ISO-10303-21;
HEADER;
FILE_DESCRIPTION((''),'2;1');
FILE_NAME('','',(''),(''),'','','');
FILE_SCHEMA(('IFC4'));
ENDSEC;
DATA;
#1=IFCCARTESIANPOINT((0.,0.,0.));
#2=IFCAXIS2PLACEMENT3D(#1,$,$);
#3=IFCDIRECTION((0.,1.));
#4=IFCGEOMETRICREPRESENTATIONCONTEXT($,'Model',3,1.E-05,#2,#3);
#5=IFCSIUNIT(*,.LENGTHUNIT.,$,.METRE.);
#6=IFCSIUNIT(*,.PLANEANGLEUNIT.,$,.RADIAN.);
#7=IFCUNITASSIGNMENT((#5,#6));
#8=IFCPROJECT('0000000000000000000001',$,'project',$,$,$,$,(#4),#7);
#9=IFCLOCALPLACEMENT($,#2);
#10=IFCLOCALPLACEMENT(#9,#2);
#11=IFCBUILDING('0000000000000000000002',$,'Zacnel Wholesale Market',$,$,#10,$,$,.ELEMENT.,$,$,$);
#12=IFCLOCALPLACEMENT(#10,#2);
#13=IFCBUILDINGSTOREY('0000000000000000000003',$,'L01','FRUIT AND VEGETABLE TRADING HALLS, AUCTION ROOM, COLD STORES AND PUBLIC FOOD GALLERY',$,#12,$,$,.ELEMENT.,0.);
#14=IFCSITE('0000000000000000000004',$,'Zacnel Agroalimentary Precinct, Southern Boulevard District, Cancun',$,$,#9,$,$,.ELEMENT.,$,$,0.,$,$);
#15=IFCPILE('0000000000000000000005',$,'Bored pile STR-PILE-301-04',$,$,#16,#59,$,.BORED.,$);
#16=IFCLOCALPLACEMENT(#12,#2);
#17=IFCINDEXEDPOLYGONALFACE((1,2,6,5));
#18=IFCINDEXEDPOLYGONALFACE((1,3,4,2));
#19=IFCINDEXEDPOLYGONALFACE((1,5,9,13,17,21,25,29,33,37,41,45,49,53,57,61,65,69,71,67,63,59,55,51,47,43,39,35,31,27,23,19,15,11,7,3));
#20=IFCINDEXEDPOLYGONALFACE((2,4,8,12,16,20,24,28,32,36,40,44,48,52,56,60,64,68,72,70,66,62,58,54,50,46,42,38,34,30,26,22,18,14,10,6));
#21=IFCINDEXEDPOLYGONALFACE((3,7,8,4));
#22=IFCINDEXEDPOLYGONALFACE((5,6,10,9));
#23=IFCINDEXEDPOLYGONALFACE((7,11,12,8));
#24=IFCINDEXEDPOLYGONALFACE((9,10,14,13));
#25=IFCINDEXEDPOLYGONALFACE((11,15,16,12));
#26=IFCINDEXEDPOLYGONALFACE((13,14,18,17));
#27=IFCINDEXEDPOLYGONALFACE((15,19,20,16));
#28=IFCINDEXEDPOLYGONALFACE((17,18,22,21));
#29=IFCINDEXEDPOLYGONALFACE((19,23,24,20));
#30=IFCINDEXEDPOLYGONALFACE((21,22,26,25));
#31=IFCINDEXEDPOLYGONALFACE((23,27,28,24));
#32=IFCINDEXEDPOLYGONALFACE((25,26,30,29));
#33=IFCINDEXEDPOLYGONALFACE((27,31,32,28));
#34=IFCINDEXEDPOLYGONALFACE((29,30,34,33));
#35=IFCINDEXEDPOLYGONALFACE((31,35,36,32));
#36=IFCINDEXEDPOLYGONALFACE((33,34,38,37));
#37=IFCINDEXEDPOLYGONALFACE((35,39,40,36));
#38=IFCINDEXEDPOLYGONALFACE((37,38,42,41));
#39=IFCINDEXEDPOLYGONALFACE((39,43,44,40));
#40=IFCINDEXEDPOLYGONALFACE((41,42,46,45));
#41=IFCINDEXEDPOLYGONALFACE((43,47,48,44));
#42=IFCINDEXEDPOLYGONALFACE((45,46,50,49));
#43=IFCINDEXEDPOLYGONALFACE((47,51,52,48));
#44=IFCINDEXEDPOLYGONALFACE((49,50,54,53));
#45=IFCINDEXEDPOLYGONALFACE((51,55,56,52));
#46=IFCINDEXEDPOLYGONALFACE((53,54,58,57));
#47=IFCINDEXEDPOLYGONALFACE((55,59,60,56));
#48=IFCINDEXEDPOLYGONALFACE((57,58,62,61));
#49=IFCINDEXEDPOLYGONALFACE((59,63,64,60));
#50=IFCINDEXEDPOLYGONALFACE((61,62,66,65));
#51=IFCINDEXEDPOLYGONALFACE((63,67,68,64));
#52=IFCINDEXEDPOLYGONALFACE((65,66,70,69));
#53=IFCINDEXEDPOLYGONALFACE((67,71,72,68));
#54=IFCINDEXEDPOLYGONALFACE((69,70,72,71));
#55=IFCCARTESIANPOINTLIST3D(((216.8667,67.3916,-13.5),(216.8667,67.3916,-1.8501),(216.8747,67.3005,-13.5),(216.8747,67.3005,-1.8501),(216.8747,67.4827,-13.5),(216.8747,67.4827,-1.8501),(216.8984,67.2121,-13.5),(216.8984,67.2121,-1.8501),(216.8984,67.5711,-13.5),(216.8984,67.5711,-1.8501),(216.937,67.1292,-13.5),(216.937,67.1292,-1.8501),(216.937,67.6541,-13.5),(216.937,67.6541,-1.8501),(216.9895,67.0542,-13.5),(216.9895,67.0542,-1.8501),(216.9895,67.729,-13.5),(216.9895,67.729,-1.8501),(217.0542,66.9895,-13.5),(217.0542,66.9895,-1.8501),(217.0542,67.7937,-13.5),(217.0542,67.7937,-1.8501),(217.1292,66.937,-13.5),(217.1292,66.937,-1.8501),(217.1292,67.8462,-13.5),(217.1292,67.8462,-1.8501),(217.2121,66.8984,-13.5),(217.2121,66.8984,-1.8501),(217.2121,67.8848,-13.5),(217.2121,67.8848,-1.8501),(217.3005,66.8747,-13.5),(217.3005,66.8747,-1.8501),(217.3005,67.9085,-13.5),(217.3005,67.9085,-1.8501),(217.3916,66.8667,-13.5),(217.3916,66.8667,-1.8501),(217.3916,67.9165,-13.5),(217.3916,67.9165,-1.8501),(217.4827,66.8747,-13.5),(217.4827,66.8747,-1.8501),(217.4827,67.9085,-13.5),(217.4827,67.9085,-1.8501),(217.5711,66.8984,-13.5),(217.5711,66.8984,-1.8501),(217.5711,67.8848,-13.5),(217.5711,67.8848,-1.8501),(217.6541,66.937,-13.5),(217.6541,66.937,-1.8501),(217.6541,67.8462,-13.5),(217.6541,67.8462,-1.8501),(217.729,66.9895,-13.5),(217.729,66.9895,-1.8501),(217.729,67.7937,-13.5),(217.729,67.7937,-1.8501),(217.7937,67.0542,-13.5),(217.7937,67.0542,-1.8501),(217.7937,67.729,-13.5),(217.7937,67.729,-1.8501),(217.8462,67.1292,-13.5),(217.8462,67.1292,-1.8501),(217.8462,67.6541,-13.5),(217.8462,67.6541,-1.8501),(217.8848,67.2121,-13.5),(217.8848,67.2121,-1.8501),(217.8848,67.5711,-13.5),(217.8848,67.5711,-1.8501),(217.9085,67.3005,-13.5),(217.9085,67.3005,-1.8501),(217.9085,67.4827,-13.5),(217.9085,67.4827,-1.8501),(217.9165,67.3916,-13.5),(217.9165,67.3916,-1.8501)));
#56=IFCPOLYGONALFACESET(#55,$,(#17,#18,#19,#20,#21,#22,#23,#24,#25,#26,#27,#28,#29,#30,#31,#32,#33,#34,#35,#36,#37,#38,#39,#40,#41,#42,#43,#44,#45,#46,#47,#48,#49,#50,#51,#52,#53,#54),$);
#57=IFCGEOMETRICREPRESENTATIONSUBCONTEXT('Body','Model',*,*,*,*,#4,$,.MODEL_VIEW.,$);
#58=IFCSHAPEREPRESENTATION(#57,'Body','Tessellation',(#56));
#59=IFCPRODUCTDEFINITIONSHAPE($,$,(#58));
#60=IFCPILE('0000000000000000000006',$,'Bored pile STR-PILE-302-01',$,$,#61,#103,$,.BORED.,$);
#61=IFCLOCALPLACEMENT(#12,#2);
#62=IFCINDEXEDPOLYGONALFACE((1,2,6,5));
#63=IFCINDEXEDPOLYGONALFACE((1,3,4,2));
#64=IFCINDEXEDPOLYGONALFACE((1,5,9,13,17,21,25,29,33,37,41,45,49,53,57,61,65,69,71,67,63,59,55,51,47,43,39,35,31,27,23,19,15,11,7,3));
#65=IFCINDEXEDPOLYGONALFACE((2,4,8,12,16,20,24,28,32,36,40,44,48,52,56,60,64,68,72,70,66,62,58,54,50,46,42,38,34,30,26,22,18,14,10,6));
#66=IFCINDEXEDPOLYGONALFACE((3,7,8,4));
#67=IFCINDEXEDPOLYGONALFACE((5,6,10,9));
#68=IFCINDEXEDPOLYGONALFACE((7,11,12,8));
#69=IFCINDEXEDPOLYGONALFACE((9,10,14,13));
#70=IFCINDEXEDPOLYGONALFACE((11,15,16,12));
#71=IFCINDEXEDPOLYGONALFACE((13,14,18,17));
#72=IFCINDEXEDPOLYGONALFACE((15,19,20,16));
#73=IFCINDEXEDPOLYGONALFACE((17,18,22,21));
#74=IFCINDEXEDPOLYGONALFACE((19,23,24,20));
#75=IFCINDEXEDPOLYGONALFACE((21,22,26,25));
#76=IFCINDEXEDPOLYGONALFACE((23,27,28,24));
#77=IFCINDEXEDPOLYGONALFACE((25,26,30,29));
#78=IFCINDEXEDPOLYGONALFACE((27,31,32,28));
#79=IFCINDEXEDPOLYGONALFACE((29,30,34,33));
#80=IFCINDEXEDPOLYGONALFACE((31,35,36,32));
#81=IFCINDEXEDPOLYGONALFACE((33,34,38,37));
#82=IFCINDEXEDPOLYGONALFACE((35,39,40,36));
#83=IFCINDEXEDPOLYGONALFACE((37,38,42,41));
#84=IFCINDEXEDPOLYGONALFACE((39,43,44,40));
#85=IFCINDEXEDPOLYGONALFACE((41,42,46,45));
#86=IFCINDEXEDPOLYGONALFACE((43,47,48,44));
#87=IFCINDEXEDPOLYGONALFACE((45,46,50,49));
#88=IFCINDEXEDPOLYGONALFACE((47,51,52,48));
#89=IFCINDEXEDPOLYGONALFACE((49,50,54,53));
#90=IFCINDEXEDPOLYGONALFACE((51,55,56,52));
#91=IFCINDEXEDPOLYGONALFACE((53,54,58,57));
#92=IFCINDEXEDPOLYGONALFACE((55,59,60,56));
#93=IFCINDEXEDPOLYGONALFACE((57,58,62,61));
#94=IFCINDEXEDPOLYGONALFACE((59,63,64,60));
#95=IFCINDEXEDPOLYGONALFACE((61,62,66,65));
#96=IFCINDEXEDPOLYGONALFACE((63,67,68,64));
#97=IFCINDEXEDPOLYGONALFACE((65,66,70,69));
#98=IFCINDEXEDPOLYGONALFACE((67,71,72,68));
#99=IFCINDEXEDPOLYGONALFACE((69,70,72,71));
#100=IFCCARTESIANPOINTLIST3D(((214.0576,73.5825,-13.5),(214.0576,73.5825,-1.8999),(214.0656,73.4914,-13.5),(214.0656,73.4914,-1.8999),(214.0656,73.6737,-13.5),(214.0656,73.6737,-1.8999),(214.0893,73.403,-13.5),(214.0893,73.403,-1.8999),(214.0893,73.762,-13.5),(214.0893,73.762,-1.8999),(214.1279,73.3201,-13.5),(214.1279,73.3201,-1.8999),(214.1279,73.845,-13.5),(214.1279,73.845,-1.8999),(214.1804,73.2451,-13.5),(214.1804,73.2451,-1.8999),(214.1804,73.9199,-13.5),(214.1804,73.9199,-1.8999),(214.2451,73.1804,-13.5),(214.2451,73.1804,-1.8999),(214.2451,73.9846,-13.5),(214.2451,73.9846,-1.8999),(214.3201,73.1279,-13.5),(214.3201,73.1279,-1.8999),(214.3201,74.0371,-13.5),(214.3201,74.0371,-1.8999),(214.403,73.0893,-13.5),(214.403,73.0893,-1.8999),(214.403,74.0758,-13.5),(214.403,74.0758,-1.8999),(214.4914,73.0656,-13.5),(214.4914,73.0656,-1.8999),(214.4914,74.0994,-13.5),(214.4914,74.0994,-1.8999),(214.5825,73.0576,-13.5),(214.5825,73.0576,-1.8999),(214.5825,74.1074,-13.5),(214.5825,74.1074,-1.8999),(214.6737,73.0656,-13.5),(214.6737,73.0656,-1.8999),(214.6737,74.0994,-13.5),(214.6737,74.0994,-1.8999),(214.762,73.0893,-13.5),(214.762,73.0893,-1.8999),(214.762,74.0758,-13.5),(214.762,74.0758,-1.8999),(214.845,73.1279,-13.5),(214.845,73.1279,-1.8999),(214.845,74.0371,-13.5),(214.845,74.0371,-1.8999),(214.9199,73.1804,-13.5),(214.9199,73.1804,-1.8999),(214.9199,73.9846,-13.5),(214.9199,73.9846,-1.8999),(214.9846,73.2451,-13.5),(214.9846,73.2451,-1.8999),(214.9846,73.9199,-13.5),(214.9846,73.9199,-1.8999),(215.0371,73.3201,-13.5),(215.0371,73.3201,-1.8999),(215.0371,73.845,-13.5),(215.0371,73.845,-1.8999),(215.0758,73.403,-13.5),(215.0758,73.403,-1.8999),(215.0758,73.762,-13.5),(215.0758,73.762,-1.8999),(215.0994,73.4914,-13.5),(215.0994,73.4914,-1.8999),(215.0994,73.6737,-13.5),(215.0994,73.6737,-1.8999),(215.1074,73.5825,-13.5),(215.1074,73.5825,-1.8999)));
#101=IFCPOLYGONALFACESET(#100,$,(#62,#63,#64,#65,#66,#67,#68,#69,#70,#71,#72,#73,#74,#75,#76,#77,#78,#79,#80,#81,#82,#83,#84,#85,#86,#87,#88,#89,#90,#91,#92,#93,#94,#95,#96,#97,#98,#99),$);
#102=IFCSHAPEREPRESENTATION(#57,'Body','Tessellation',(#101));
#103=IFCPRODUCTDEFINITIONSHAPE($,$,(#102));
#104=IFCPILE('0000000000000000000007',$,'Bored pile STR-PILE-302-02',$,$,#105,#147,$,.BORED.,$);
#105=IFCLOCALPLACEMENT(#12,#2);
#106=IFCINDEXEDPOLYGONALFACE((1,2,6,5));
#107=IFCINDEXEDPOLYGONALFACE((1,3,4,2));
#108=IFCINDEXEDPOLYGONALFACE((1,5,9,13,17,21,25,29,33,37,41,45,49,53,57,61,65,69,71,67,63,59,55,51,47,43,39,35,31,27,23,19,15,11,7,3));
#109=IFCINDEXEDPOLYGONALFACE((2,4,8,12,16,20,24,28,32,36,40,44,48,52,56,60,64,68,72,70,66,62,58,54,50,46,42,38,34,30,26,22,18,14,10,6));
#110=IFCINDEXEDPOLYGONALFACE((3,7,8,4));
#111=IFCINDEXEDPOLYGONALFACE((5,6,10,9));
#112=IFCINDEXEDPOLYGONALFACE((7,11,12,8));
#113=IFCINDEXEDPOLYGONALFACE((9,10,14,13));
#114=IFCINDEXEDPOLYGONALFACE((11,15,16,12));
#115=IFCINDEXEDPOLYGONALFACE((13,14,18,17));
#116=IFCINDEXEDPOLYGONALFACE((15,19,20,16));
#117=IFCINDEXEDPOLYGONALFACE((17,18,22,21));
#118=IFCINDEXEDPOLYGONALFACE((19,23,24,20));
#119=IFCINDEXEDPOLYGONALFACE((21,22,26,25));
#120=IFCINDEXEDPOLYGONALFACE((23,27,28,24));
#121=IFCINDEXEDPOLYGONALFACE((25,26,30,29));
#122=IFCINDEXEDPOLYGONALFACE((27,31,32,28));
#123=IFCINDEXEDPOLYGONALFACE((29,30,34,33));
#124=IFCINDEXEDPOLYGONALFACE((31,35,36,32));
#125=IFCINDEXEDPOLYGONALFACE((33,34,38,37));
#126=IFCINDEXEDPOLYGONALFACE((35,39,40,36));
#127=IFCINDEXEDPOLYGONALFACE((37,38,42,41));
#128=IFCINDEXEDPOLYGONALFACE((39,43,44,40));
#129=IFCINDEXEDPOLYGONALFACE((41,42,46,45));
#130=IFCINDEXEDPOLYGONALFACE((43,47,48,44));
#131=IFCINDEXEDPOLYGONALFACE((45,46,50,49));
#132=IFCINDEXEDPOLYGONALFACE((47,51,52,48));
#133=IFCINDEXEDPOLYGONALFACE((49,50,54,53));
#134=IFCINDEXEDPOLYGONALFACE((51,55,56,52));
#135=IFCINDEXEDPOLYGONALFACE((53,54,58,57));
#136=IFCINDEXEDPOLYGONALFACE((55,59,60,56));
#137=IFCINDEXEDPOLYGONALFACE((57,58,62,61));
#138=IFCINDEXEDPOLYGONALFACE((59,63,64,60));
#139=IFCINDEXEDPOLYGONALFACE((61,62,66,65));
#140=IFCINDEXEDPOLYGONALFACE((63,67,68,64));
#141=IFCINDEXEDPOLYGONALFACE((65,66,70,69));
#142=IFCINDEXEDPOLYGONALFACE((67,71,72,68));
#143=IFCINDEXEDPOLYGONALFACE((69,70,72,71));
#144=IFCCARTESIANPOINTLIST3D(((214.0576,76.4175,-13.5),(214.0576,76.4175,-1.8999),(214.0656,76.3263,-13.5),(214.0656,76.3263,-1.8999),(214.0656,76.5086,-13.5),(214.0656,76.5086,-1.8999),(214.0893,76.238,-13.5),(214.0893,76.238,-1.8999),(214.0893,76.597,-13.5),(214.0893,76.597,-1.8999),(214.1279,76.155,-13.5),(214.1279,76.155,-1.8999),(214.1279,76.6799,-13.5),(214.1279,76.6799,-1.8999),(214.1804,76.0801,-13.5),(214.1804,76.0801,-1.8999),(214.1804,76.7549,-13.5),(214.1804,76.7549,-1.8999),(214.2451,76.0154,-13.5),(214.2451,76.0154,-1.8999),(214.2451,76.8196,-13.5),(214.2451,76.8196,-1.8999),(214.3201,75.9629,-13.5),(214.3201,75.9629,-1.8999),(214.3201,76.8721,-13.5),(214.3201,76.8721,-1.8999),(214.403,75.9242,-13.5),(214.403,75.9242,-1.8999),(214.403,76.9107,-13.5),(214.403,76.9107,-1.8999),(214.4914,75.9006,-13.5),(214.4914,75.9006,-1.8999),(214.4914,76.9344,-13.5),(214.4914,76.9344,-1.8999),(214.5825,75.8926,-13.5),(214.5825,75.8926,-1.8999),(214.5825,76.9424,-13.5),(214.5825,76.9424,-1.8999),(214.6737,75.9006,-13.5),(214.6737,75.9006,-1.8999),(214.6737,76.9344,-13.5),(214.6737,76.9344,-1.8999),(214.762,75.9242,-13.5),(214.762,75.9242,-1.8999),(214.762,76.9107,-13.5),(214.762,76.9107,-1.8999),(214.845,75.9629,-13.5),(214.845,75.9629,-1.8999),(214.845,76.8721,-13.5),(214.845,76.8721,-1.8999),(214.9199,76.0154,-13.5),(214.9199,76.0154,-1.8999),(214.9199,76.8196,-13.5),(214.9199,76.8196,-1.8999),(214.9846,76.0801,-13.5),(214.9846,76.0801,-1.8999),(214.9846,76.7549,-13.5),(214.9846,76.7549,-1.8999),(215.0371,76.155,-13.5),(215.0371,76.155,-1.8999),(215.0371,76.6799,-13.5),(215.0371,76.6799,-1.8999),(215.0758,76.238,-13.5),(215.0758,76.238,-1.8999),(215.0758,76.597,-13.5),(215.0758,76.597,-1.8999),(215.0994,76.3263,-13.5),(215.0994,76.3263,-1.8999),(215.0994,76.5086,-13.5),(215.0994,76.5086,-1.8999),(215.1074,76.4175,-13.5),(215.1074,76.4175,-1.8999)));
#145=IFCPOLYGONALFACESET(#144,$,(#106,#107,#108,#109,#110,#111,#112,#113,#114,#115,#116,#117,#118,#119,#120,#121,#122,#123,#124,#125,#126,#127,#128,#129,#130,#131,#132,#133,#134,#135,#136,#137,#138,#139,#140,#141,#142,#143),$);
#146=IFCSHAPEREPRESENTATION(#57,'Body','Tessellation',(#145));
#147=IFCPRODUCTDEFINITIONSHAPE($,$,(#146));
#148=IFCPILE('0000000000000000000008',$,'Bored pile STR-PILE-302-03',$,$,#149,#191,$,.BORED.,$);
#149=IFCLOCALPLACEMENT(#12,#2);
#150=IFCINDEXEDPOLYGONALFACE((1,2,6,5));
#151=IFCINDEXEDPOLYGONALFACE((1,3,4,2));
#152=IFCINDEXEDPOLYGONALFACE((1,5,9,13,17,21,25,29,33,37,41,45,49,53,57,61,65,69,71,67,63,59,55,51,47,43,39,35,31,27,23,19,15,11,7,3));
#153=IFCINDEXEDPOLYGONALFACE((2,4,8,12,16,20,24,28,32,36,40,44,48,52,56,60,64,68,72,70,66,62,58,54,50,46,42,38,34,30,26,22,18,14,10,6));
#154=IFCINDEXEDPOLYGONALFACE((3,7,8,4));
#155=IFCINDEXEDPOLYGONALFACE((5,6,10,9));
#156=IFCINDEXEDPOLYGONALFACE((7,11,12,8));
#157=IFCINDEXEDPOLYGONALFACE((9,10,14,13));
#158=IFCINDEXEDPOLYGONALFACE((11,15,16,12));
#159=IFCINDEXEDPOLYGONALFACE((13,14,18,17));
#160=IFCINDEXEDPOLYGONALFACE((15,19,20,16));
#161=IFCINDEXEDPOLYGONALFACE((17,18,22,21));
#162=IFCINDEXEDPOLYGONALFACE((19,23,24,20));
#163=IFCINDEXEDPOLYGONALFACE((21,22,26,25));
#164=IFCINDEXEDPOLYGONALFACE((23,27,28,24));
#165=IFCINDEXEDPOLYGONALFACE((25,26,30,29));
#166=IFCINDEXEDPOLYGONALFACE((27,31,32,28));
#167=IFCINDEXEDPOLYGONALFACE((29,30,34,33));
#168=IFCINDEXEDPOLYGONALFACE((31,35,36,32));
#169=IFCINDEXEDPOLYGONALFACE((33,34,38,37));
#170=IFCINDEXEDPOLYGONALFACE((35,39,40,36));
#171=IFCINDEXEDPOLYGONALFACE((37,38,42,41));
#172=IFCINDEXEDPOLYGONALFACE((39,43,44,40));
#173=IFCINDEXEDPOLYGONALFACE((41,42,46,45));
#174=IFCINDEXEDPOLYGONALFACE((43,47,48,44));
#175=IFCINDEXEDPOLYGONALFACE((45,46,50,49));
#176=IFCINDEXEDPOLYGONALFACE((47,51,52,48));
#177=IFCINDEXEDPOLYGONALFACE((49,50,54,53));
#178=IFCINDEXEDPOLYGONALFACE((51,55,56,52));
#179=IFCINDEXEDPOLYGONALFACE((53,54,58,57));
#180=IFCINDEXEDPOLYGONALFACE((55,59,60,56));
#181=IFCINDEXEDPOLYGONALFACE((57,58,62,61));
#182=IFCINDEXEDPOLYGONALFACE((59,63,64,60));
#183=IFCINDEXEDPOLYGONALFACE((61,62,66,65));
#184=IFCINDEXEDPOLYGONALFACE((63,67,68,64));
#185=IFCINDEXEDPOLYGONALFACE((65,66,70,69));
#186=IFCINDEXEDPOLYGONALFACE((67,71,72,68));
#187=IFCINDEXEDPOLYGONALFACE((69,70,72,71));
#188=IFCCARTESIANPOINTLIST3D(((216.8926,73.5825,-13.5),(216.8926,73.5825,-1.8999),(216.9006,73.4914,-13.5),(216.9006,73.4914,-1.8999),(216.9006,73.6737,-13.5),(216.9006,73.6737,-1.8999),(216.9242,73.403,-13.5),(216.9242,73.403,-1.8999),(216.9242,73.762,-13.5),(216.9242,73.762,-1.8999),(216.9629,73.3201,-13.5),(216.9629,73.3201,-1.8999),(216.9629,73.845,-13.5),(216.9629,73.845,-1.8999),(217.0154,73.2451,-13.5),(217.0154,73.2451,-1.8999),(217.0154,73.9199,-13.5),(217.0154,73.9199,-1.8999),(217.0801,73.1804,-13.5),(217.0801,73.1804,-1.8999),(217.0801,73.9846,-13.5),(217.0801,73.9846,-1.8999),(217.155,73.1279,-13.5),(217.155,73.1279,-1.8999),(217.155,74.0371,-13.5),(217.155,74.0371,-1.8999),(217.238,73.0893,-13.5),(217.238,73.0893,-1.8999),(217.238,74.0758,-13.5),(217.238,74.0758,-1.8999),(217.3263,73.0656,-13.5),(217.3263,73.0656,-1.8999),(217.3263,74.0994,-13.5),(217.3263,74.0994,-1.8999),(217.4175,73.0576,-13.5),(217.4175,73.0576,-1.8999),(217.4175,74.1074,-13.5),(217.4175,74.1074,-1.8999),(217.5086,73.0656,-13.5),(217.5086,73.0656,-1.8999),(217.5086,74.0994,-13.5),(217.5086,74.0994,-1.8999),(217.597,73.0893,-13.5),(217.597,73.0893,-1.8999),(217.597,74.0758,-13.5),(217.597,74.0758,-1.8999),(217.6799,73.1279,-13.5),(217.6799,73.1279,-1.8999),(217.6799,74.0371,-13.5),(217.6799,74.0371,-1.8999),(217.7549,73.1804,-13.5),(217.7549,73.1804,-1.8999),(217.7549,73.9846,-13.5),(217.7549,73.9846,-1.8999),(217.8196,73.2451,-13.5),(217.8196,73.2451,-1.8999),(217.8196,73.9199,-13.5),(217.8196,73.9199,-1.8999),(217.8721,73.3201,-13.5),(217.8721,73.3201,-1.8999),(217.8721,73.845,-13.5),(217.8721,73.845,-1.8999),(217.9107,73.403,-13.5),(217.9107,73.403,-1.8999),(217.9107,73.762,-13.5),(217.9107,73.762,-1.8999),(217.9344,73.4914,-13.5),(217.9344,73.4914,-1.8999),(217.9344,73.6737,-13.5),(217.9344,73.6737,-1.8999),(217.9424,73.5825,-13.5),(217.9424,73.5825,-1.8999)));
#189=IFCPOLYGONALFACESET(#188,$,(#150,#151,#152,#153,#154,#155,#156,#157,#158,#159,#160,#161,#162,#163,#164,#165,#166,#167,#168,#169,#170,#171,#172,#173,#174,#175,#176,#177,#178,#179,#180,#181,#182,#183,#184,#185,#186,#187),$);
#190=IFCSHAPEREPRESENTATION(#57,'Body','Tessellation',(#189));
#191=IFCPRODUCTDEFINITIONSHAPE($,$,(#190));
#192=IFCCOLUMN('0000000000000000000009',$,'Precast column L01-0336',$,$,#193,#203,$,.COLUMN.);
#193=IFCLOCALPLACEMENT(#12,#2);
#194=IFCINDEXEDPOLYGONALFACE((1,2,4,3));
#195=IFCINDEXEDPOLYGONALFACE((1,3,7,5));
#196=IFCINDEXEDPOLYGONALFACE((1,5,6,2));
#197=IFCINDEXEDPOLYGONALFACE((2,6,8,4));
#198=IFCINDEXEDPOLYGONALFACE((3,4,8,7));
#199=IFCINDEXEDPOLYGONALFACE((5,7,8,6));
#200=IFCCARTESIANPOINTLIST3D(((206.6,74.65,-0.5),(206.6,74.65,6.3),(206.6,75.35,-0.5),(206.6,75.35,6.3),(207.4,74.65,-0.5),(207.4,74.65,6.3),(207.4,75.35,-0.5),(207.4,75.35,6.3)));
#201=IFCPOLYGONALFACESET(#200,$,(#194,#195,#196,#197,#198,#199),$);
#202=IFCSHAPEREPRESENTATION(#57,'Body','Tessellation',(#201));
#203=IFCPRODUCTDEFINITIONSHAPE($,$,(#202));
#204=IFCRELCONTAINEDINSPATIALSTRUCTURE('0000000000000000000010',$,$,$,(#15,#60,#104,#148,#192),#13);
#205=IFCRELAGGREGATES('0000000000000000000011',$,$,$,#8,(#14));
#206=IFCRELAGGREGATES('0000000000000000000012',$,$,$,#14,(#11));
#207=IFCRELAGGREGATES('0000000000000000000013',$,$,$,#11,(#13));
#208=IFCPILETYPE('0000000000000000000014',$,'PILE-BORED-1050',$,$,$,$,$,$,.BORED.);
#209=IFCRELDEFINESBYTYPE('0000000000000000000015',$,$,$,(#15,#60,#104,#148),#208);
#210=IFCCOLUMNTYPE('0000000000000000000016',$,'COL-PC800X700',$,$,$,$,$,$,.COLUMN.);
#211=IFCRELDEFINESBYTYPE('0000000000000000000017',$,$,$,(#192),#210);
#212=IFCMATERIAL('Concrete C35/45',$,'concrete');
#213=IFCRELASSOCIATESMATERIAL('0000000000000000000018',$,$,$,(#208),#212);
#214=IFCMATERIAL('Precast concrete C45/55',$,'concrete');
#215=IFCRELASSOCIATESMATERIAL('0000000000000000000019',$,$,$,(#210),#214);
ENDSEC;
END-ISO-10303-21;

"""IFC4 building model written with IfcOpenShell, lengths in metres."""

from ifc_helpers import new_model, si_unit, direction, frame, origin, origin_2d, place, context, subcontext, project, spatial, rectangle, circle, extrude, material, material_profile, profile_set, type_object, element, save


model = new_model("IFC4")

# Units and contexts
model_context = context("Model", 3, precision=1e-05, world=origin(), true_north=direction((0.0, 1.0)))
body_context = subcontext(model_context, "Body", "Model", "MODEL_VIEW")
ifc_project = project(units=[si_unit("LENGTHUNIT", "METRE"), si_unit("PLANEANGLEUNIT", "RADIAN")], contexts=[model_context])

# Site, building, storey
site_placement = place(None, origin())
site = spatial("IfcSite", under=ifc_project, at=site_placement, Name="Zacnel Agroalimentary Precinct, Southern Boulevard District, Cancun", CompositionType="ELEMENT", RefElevation=0.0)
building_placement = place(site_placement, origin())
building = spatial("IfcBuilding", under=site, at=building_placement, Name="Zacnel Wholesale Market", CompositionType="ELEMENT")
storey_placement = place(building_placement, origin())
storey = spatial("IfcBuildingStorey", under=building, at=storey_placement, Name="L01", Description="FRUIT AND VEGETABLE TRADING HALLS, AUCTION ROOM, COLD STORES AND PUBLIC FOOD GALLERY", CompositionType="ELEMENT", Elevation=0.0)

# Piles
ifc_material_1 = material(Name="Concrete C35/45", Category="concrete")
ifc_material_profile_1 = material_profile(ifc_material_1, circle(Radius=0.5249, at=origin_2d()), Name="BORED PILE D1050")
ifc_profile_set_1 = profile_set([ifc_material_profile_1], Name="Concrete C35/45")
pile_type = type_object("IfcPileType", Name="PILE-BORED-1050", PredefinedType="BORED", material=ifc_profile_set_1)
for number, where, z_axis, x_axis, name in (
    (1, (217.3916, 67.3916, -1.8501), (0.0, 0.0, -1.0), (1.0, 0.0, 0.0), "Bored pile STR-PILE-301-04"),
):
    element("IfcPile", number, at=place(storey_placement, frame(where, z_axis=z_axis, x_axis=x_axis)), inside=storey, type_object=pile_type, Name=name, PredefinedType="BORED", context=body_context, shape_type="SweptSolid", body=[
        extrude(circle(Radius=0.5249, at=origin_2d()), origin(), (0.0, 0.0, 1.0), 11.6499),
    ])
for number, where, z_axis, x_axis, name in (
    (2, (214.5825, 73.5825, -1.8999), (0.0, 0.0, -1.0), (1.0, 0.0, 0.0), "Bored pile STR-PILE-302-01"),
    (3, (214.5825, 76.4175, -1.8999), (0.0, 0.0, -1.0), (1.0, 0.0, 0.0), "Bored pile STR-PILE-302-02"),
    (4, (217.4175, 73.5825, -1.8999), (0.0, 0.0, -1.0), (1.0, 0.0, 0.0), "Bored pile STR-PILE-302-03"),
):
    element("IfcPile", number, at=place(storey_placement, frame(where, z_axis=z_axis, x_axis=x_axis)), inside=storey, type_object=pile_type, Name=name, PredefinedType="BORED", context=body_context, shape_type="SweptSolid", body=[
        extrude(circle(Radius=0.5249, at=origin_2d()), origin(), (0.0, 0.0, 1.0), 11.6001),
    ])

# Column
ifc_material_2 = material(Name="Precast concrete C45/55", Category="concrete")
ifc_material_profile_2 = material_profile(ifc_material_2, rectangle(XDim=0.8, YDim=0.7, at=origin_2d()), Name="PC 800x700")
ifc_profile_set_2 = profile_set([ifc_material_profile_2], Name="Precast concrete C45/55")
column_type = type_object("IfcColumnType", Name="COL-PC800X700", PredefinedType="COLUMN", material=ifc_profile_set_2)
for number, where, z_axis, x_axis, name in (
    (5, (207.0, 75.0, -0.5), (0.0, 0.0, 1.0), (1.0, 0.0, 0.0), "Precast column L01-0336"),
):
    element("IfcColumn", number, at=place(storey_placement, frame(where, z_axis=z_axis, x_axis=x_axis)), inside=storey, type_object=column_type, Name=name, PredefinedType="COLUMN", context=body_context, shape_type="SweptSolid", body=[
        extrude(rectangle(XDim=0.8, YDim=0.7, at=origin_2d()), origin(), (0.0, 0.0, 1.0), 6.8),
    ])

save(model, "model.ifc")
